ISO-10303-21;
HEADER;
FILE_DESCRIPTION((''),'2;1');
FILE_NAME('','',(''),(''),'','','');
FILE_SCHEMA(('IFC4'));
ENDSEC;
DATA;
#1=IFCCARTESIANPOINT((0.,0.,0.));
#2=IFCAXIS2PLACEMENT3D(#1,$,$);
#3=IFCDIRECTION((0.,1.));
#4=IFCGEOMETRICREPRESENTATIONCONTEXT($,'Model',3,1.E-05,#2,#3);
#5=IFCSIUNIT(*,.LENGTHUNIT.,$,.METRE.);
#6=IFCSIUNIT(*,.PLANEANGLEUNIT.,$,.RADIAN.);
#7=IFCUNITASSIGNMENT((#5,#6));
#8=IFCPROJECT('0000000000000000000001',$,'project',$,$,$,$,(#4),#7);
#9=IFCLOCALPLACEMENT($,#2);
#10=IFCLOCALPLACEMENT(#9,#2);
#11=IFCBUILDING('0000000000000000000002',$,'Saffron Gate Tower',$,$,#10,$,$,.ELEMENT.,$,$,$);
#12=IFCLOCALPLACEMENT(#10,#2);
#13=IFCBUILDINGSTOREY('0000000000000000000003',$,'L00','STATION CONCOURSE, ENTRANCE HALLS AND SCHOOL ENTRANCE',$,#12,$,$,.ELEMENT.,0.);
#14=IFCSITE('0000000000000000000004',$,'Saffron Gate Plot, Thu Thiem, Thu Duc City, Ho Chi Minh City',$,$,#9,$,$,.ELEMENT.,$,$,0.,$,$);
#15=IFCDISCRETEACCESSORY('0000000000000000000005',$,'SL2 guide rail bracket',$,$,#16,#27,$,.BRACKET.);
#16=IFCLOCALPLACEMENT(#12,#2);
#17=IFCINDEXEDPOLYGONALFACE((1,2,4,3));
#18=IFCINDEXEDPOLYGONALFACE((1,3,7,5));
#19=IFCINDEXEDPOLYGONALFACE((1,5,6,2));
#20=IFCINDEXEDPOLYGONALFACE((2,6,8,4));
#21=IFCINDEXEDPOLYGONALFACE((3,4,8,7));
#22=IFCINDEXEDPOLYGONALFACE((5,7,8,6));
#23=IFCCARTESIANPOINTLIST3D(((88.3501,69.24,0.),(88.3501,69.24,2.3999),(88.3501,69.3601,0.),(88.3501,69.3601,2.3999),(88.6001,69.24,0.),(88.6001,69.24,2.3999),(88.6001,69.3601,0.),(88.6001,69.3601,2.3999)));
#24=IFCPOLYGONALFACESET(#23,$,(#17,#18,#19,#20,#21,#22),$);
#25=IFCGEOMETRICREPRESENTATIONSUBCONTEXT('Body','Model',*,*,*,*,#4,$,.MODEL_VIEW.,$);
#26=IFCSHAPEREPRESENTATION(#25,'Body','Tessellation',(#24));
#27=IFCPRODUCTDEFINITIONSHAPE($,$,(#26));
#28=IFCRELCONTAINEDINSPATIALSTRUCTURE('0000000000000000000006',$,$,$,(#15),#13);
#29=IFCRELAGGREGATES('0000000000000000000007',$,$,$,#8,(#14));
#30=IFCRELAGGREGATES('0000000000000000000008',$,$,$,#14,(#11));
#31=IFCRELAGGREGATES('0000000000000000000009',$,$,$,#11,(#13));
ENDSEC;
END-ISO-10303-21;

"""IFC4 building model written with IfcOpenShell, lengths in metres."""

from ifc_helpers import new_model, si_unit, direction, frame, origin, origin_2d, place, context, subcontext, project, spatial, rectangle, extrude, element, save


model = new_model("IFC4")

# Units and contexts
model_context = context("Model", 3, precision=1e-05, world=origin(), true_north=direction((0.0, 1.0)))
body_context = subcontext(model_context, "Body", "Model", "MODEL_VIEW")
ifc_project = project(units=[si_unit("LENGTHUNIT", "METRE"), si_unit("PLANEANGLEUNIT", "RADIAN")], contexts=[model_context])

# Site, building, storey
site_placement = place(None, origin())
site = spatial("IfcSite", under=ifc_project, at=site_placement, Name="Saffron Gate Plot, Thu Thiem, Thu Duc City, Ho Chi Minh City", CompositionType="ELEMENT", RefElevation=0.0)
building_placement = place(site_placement, origin())
building = spatial("IfcBuilding", under=site, at=building_placement, Name="Saffron Gate Tower", CompositionType="ELEMENT")
storey_placement = place(building_placement, origin())
storey = spatial("IfcBuildingStorey", under=building, at=storey_placement, Name="L00", Description="STATION CONCOURSE, ENTRANCE HALLS AND SCHOOL ENTRANCE", CompositionType="ELEMENT", Elevation=0.0)

# Discrete accessory
for number, where, z_axis, x_axis, name in (
    (1, (88.4751, 69.3, 0.0), (0.0, 0.0, 1.0), (1.0, 0.0, 0.0), "SL2 guide rail bracket"),
):
    element("IfcDiscreteAccessory", number, at=place(storey_placement, frame(where, z_axis=z_axis, x_axis=x_axis)), inside=storey, Name=name, PredefinedType="BRACKET", context=body_context, shape_type="SweptSolid", body=[
        extrude(rectangle(XDim=0.25, YDim=0.1201, at=origin_2d()), origin(), (0.0, 0.0, 1.0), 2.3999),
    ])

save(model, "model.ifc")
